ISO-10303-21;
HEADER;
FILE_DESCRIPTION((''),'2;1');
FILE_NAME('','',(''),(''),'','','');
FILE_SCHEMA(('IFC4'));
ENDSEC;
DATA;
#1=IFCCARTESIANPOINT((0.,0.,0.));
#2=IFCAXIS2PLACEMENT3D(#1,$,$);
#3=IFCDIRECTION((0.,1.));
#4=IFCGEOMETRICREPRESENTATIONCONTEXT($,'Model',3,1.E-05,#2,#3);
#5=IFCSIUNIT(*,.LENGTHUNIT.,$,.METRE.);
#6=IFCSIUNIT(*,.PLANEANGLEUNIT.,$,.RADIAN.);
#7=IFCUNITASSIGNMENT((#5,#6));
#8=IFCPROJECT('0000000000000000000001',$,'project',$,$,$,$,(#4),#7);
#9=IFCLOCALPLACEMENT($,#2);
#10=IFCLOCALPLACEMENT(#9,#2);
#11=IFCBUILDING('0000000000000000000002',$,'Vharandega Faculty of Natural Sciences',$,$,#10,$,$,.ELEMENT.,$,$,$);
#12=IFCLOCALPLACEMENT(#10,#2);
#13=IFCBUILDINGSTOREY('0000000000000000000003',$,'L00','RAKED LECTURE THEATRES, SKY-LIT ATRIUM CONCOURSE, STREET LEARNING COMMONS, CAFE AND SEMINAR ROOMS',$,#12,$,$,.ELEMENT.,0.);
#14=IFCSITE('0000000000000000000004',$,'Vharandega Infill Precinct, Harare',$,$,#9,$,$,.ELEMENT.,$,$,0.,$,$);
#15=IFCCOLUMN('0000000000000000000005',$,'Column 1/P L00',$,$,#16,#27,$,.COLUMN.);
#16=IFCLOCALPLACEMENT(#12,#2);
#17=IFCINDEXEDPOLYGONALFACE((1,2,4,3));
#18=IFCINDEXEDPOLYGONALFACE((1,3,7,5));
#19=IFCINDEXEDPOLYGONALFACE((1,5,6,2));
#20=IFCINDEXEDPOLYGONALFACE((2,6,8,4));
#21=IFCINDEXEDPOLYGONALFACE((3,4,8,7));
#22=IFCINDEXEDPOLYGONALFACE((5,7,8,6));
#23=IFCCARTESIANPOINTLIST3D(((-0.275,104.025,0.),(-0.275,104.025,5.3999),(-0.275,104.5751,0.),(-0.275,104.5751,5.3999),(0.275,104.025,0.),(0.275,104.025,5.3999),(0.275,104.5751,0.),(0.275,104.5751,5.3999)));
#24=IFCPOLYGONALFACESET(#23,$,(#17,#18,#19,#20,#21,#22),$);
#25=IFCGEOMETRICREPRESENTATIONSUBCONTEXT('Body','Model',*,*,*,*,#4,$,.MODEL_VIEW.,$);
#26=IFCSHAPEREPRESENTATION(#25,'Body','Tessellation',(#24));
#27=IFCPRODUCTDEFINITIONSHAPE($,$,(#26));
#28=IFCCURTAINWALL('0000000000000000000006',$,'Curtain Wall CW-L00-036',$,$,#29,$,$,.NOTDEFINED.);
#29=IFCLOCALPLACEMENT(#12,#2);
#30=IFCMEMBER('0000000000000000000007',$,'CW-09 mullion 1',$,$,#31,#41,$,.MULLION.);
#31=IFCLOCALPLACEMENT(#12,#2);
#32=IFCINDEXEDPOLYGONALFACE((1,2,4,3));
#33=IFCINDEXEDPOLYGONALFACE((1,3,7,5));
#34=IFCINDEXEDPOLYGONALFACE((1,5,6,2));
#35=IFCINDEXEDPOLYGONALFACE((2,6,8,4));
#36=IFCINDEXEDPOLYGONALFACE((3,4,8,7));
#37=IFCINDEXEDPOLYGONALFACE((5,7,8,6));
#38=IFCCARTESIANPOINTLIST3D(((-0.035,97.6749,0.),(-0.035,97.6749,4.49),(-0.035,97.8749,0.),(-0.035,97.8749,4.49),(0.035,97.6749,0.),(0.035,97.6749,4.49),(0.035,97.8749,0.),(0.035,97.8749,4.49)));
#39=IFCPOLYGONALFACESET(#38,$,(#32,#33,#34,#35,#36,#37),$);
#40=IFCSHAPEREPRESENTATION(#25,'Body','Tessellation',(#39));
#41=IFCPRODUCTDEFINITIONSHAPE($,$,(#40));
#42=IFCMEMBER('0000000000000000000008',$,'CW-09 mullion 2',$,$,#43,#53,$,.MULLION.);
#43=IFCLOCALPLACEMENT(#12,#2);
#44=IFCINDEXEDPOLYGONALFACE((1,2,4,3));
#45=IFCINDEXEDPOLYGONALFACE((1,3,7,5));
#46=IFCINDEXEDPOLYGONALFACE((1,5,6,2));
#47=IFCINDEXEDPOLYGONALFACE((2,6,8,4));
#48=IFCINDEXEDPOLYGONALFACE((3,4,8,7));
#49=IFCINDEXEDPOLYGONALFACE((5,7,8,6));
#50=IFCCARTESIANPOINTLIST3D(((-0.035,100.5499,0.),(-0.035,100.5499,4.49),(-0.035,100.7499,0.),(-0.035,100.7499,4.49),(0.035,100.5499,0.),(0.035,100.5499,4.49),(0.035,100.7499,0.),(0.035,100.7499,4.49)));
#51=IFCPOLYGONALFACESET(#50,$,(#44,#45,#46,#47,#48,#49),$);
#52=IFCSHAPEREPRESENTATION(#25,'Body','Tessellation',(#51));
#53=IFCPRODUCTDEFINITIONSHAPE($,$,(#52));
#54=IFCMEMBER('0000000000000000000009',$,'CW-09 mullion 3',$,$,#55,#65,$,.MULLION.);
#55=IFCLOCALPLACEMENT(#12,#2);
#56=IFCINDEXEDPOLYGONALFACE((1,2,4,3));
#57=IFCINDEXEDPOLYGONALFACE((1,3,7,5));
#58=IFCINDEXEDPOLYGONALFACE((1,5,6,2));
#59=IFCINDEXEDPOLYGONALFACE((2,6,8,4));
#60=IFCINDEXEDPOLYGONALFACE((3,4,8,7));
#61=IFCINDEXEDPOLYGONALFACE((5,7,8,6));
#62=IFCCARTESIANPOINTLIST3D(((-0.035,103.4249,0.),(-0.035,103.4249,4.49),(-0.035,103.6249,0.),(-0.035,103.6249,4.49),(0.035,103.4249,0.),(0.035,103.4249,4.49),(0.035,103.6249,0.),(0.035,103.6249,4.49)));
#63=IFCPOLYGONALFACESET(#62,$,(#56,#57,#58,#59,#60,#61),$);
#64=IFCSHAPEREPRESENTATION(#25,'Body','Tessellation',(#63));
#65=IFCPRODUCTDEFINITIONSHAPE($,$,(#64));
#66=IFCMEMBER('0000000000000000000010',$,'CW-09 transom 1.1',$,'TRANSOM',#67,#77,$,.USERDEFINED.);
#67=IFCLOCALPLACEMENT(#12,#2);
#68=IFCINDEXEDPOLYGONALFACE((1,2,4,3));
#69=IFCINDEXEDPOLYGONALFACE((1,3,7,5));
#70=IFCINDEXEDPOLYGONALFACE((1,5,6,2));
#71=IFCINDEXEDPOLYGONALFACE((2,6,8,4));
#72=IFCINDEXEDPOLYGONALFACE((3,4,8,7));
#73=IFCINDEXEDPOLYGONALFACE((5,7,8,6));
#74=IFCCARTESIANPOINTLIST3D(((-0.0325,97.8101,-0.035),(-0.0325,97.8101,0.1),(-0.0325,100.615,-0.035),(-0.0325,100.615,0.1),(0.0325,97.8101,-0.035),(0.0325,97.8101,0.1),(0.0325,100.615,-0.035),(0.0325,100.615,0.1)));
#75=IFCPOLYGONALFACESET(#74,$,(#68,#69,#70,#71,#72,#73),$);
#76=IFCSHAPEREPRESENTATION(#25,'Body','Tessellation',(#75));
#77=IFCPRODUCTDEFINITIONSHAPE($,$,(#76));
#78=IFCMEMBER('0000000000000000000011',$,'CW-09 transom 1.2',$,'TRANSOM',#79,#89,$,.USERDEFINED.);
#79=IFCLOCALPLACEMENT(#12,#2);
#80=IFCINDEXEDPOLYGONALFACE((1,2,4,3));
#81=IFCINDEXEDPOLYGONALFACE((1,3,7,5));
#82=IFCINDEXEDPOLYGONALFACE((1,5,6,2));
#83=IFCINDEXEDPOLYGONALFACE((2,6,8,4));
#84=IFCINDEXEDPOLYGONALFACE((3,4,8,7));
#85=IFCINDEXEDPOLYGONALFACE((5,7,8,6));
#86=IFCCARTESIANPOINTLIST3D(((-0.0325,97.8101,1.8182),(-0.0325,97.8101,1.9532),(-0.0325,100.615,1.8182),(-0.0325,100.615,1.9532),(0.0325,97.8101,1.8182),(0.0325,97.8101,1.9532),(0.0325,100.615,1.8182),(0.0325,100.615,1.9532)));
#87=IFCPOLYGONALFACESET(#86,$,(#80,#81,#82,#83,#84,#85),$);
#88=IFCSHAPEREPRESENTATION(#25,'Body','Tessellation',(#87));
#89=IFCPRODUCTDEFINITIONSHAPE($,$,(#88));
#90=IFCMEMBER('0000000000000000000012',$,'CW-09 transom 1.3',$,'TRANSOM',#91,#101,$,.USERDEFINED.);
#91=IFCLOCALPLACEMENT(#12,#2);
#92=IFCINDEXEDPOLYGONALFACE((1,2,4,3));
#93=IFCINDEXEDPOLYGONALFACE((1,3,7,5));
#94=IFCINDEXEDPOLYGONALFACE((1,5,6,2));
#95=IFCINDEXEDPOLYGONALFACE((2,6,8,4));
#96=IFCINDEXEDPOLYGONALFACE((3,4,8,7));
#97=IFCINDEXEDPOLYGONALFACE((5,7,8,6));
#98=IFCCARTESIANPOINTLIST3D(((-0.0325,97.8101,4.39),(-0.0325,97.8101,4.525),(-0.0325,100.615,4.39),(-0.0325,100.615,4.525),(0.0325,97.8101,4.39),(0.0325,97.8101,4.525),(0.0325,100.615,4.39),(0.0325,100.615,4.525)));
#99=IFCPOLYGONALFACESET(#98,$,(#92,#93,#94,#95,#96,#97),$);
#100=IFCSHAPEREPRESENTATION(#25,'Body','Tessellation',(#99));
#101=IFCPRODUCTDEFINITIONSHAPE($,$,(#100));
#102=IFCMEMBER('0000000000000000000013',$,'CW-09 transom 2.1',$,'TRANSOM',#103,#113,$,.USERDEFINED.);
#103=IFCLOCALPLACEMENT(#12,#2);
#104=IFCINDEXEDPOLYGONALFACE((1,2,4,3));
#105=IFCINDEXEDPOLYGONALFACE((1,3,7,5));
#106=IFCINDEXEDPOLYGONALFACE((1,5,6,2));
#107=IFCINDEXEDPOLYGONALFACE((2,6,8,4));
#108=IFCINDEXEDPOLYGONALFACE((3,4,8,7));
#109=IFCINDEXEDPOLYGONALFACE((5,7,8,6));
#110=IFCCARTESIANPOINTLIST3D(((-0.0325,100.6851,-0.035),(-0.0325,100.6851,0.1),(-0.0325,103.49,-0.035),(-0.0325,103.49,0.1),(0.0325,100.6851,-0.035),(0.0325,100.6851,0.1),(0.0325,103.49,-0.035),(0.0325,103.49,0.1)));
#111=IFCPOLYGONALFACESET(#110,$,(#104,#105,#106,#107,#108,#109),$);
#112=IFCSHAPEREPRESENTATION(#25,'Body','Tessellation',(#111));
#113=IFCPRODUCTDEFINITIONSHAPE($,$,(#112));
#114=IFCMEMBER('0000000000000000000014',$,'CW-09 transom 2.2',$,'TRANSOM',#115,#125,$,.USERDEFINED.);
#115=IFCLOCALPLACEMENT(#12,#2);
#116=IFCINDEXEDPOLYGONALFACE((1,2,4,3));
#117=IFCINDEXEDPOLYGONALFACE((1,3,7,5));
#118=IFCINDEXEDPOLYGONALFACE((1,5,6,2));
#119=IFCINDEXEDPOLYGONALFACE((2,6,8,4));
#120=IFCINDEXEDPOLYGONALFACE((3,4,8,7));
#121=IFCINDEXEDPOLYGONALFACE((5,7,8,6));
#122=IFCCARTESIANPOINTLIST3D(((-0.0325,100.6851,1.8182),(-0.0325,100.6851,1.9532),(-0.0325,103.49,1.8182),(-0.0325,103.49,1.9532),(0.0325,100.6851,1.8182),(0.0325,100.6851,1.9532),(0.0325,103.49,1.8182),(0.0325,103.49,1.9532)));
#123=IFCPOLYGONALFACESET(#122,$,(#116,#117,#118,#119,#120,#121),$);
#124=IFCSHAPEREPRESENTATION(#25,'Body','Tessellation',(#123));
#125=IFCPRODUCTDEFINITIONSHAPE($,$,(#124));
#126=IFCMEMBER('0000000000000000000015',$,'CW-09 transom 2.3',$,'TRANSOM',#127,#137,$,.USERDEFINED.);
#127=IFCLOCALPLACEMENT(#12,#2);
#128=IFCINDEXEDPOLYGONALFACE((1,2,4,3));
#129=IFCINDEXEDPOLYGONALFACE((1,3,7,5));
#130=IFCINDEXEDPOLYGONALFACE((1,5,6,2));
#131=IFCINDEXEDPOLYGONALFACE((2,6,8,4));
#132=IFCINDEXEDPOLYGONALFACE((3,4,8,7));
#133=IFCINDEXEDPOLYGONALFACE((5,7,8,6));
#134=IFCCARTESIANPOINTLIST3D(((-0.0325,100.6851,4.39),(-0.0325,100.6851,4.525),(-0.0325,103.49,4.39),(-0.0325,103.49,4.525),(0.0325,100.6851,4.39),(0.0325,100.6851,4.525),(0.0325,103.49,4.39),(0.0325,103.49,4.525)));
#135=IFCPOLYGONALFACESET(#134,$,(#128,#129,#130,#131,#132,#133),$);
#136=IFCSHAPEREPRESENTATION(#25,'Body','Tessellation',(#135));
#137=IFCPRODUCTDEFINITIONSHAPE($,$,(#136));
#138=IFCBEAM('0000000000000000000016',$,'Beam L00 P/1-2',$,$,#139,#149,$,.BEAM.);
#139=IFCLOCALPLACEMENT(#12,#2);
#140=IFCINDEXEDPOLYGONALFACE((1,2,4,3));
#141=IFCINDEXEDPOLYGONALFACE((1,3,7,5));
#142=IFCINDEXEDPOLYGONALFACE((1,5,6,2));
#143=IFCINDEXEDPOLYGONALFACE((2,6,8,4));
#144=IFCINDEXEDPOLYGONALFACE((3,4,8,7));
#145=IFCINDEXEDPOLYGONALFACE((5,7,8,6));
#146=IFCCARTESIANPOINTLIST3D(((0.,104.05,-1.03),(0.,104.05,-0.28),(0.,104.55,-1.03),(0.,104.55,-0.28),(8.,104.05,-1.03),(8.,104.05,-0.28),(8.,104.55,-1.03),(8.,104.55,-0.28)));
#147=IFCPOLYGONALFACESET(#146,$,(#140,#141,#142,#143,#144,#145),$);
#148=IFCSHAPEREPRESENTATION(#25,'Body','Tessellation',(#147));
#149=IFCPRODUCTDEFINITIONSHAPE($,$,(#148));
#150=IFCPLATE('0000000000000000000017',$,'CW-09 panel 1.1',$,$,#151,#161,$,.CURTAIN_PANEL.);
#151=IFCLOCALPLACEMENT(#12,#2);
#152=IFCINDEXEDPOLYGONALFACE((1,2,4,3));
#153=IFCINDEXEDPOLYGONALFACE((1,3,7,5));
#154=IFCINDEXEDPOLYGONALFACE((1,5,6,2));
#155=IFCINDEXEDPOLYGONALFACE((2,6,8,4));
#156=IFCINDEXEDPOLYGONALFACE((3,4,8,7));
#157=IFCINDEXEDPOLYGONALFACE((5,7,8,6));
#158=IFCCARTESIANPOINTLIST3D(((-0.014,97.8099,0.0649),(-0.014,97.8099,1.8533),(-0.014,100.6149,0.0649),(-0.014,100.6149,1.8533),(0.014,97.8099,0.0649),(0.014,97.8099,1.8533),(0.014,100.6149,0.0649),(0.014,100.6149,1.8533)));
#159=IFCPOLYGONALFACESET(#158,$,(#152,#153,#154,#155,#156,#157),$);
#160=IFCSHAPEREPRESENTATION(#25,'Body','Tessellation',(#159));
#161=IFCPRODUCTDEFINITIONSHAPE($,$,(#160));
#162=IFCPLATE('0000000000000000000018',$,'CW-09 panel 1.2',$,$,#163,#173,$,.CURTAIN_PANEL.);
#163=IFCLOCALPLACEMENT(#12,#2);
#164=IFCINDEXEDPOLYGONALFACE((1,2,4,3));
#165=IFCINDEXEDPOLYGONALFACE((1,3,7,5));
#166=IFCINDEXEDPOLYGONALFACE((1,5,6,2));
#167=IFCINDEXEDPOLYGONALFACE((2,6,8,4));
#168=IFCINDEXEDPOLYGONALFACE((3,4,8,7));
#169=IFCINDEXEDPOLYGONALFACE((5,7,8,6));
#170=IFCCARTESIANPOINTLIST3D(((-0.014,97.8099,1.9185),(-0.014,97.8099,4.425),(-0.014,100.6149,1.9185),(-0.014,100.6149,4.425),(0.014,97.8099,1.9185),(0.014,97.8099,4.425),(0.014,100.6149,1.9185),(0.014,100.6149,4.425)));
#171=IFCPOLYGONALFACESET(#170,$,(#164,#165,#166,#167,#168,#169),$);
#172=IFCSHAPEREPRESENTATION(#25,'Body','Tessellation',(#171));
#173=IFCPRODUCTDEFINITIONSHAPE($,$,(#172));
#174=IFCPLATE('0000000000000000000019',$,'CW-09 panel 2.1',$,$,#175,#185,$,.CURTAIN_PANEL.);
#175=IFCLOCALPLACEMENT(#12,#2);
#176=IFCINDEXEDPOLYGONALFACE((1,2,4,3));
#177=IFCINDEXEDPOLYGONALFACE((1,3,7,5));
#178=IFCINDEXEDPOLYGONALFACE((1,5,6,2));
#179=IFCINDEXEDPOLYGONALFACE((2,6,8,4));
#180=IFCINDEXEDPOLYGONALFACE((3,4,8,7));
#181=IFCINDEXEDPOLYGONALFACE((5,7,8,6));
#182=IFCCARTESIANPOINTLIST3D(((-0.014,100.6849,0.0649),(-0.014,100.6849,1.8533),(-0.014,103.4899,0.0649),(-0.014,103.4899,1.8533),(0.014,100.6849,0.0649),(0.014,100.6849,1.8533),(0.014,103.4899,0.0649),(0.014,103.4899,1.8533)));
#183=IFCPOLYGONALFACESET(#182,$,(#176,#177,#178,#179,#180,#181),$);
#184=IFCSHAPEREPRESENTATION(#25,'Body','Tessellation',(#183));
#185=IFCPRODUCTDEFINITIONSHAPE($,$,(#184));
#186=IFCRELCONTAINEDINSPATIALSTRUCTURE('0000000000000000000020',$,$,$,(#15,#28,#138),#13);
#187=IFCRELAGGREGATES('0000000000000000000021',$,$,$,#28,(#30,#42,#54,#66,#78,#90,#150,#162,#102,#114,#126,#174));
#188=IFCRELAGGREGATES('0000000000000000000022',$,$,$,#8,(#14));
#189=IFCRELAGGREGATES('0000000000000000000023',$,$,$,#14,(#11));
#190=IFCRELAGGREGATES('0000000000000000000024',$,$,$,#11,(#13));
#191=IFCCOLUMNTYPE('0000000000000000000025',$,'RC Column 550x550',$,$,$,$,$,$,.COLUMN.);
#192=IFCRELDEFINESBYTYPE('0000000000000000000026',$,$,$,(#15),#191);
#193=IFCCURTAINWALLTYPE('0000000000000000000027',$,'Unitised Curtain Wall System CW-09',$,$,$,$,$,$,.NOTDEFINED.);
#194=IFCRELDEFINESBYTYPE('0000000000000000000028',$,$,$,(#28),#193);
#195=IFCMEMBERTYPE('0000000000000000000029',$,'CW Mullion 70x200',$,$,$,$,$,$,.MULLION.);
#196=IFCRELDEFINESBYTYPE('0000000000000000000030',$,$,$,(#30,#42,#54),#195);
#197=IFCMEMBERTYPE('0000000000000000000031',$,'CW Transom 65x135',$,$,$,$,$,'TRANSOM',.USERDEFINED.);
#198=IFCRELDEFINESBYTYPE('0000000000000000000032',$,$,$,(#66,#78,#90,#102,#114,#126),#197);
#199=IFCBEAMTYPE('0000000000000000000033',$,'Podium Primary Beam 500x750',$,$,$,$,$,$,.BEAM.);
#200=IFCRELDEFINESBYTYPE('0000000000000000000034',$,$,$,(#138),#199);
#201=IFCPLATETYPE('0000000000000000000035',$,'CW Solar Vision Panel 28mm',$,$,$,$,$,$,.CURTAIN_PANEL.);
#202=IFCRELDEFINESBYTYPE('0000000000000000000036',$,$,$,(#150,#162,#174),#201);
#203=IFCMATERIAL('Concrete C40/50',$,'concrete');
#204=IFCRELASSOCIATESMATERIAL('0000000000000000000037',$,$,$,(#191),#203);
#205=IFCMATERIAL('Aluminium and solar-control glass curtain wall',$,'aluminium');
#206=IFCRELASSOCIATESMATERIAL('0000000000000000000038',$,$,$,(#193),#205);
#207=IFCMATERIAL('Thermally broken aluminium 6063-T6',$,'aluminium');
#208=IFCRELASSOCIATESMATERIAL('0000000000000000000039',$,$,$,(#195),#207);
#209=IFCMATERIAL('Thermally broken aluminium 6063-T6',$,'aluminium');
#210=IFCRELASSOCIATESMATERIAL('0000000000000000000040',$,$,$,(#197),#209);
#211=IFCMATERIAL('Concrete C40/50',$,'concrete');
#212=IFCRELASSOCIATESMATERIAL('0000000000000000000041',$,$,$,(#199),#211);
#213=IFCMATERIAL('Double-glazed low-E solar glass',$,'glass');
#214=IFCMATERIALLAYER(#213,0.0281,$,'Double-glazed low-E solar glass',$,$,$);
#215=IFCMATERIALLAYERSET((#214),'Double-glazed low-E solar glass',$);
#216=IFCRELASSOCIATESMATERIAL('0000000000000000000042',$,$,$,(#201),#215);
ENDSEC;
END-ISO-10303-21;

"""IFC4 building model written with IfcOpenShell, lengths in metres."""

from ifc_helpers import new_model, si_unit, direction, frame, origin, origin_2d, place, context, subcontext, project, spatial, rectangle, extrude, material, layer, layer_set, material_profile, profile_set, type_object, element, aggregate, save


model = new_model("IFC4")

# Units and contexts
model_context = context("Model", 3, precision=1e-05, world=origin(), true_north=direction((0.0, 1.0)))
body_context = subcontext(model_context, "Body", "Model", "MODEL_VIEW")
ifc_project = project(units=[si_unit("LENGTHUNIT", "METRE"), si_unit("PLANEANGLEUNIT", "RADIAN")], contexts=[model_context])

# Site, building, storey
site_placement = place(None, origin())
site = spatial("IfcSite", under=ifc_project, at=site_placement, Name="Vharandega Infill Precinct, Harare", CompositionType="ELEMENT", RefElevation=0.0)
building_placement = place(site_placement, origin())
building = spatial("IfcBuilding", under=site, at=building_placement, Name="Vharandega Faculty of Natural Sciences", CompositionType="ELEMENT")
storey_placement = place(building_placement, origin())
storey = spatial("IfcBuildingStorey", under=building, at=storey_placement, Name="L00", Description="RAKED LECTURE THEATRES, SKY-LIT ATRIUM CONCOURSE, STREET LEARNING COMMONS, CAFE AND SEMINAR ROOMS", CompositionType="ELEMENT", Elevation=0.0)

# Column
ifc_material_1 = material(Name="Concrete C40/50", Category="concrete")
ifc_material_profile_1 = material_profile(ifc_material_1, rectangle(XDim=0.55, YDim=0.55, at=origin_2d()), Name="RC 550x550")
ifc_profile_set_1 = profile_set([ifc_material_profile_1], Name="Concrete C40/50")
column_type = type_object("IfcColumnType", Name="RC Column 550x550", PredefinedType="COLUMN", material=ifc_profile_set_1)
column_placement = place(storey_placement, frame((0.0, 104.3, 0.0), z_axis=(0.0, 0.0, 1.0), x_axis=(1.0, 0.0, 0.0)))
element("IfcColumn", 1, at=column_placement, inside=storey, type_object=column_type, Name="Column 1/P L00", PredefinedType="COLUMN", context=body_context, shape_type="SweptSolid", body=[
    extrude(rectangle(XDim=0.55, YDim=0.55, at=origin_2d()), origin(), (0.0, 0.0, 1.0), 5.3999),
])

# Curtain wall, members
ifc_material_2 = material(Name="Aluminium and solar-control glass curtain wall", Category="aluminium")
curtain_wall_type = type_object("IfcCurtainWallType", Name="Unitised Curtain Wall System CW-09", PredefinedType="NOTDEFINED", material=ifc_material_2)
curtain_wall_placement = place(storey_placement, origin())
curtain_wall = element("IfcCurtainWall", 2, at=curtain_wall_placement, inside=storey, type_object=curtain_wall_type, Name="Curtain Wall CW-L00-036", PredefinedType="NOTDEFINED")
ifc_material_3 = material(Name="Thermally broken aluminium 6063-T6", Category="aluminium")
ifc_material_profile_2 = material_profile(ifc_material_3, rectangle(XDim=0.0701, YDim=0.2, at=origin_2d()), Name="ALU 70x200")
ifc_profile_set_2 = profile_set([ifc_material_profile_2], Name="Thermally broken aluminium 6063-T6")
member_type_1 = type_object("IfcMemberType", Name="CW Mullion 70x200", PredefinedType="MULLION", material=ifc_profile_set_2)
member_1_placement = place(storey_placement, frame((0.0, 97.7749, 0.0), z_axis=(0.0, 0.0, 1.0), x_axis=(-1.0, 0.0, 0.0)))
member_1 = element("IfcMember", 3, at=member_1_placement, type_object=member_type_1, Name="CW-09 mullion 1", PredefinedType="MULLION", context=body_context, shape_type="SweptSolid", body=[
    extrude(rectangle(XDim=0.0701, YDim=0.2, at=origin_2d()), origin(), (0.0, 0.0, 1.0), 4.49),
])
member_2_placement = place(storey_placement, frame((0.0, 100.6499, 0.0), z_axis=(0.0, 0.0, 1.0), x_axis=(-1.0, 0.0, 0.0)))
member_2 = element("IfcMember", 4, at=member_2_placement, type_object=member_type_1, Name="CW-09 mullion 2", PredefinedType="MULLION", context=body_context, shape_type="SweptSolid", body=[
    extrude(rectangle(XDim=0.0701, YDim=0.2, at=origin_2d()), origin(), (0.0, 0.0, 1.0), 4.49),
])
member_3_placement = place(storey_placement, frame((0.0, 103.5249, 0.0), z_axis=(0.0, 0.0, 1.0), x_axis=(-1.0, 0.0, 0.0)))
member_3 = element("IfcMember", 5, at=member_3_placement, type_object=member_type_1, Name="CW-09 mullion 3", PredefinedType="MULLION", context=body_context, shape_type="SweptSolid", body=[
    extrude(rectangle(XDim=0.0701, YDim=0.2, at=origin_2d()), origin(), (0.0, 0.0, 1.0), 4.49),
])
ifc_material_4 = material(Name="Thermally broken aluminium 6063-T6", Category="aluminium")
ifc_material_profile_3 = material_profile(ifc_material_4, rectangle(XDim=0.0649, YDim=0.135, at=origin_2d()), Name="ALU 65x135")
ifc_profile_set_3 = profile_set([ifc_material_profile_3], Name="Thermally broken aluminium 6063-T6")
member_type_2 = type_object("IfcMemberType", Name="CW Transom 65x135", ElementType="TRANSOM", PredefinedType="USERDEFINED", material=ifc_profile_set_3)
member_4_placement = place(storey_placement, frame((0.0, 97.8101, 0.0325), z_axis=(0.0, 1.0, 0.0), x_axis=(-1.0, 0.0, 0.0)))
member_4 = element("IfcMember", 6, at=member_4_placement, type_object=member_type_2, Name="CW-09 transom 1.1", ObjectType="TRANSOM", PredefinedType="USERDEFINED", context=body_context, shape_type="SweptSolid", body=[
    extrude(rectangle(XDim=0.0649, YDim=0.135, at=origin_2d()), origin(), (0.0, 0.0, 1.0), 2.8049),
])
member_5_placement = place(storey_placement, frame((0.0, 97.8101, 1.8857), z_axis=(0.0, 1.0, 0.0), x_axis=(-1.0, 0.0, 0.0)))
member_5 = element("IfcMember", 7, at=member_5_placement, type_object=member_type_2, Name="CW-09 transom 1.2", ObjectType="TRANSOM", PredefinedType="USERDEFINED", context=body_context, shape_type="SweptSolid", body=[
    extrude(rectangle(XDim=0.0649, YDim=0.135, at=origin_2d()), origin(), (0.0, 0.0, 1.0), 2.8049),
])
member_6_placement = place(storey_placement, frame((0.0, 97.8101, 4.4575), z_axis=(0.0, 1.0, 0.0), x_axis=(-1.0, 0.0, 0.0)))
member_6 = element("IfcMember", 8, at=member_6_placement, type_object=member_type_2, Name="CW-09 transom 1.3", ObjectType="TRANSOM", PredefinedType="USERDEFINED", context=body_context, shape_type="SweptSolid", body=[
    extrude(rectangle(XDim=0.0649, YDim=0.135, at=origin_2d()), origin(), (0.0, 0.0, 1.0), 2.8049),
])
member_7_placement = place(storey_placement, frame((0.0, 100.6851, 0.0325), z_axis=(0.0, 1.0, 0.0), x_axis=(-1.0, 0.0, 0.0)))
member_7 = element("IfcMember", 9, at=member_7_placement, type_object=member_type_2, Name="CW-09 transom 2.1", ObjectType="TRANSOM", PredefinedType="USERDEFINED", context=body_context, shape_type="SweptSolid", body=[
    extrude(rectangle(XDim=0.0649, YDim=0.135, at=origin_2d()), origin(), (0.0, 0.0, 1.0), 2.8049),
])
member_8_placement = place(storey_placement, frame((0.0, 100.6851, 1.8857), z_axis=(0.0, 1.0, 0.0), x_axis=(-1.0, 0.0, 0.0)))
member_8 = element("IfcMember", 10, at=member_8_placement, type_object=member_type_2, Name="CW-09 transom 2.2", ObjectType="TRANSOM", PredefinedType="USERDEFINED", context=body_context, shape_type="SweptSolid", body=[
    extrude(rectangle(XDim=0.0649, YDim=0.135, at=origin_2d()), origin(), (0.0, 0.0, 1.0), 2.8049),
])
member_9_placement = place(storey_placement, frame((0.0, 100.6851, 4.4575), z_axis=(0.0, 1.0, 0.0), x_axis=(-1.0, 0.0, 0.0)))
member_9 = element("IfcMember", 11, at=member_9_placement, type_object=member_type_2, Name="CW-09 transom 2.3", ObjectType="TRANSOM", PredefinedType="USERDEFINED", context=body_context, shape_type="SweptSolid", body=[
    extrude(rectangle(XDim=0.0649, YDim=0.135, at=origin_2d()), origin(), (0.0, 0.0, 1.0), 2.8049),
])

# Beam
ifc_material_5 = material(Name="Concrete C40/50", Category="concrete")
ifc_material_profile_4 = material_profile(ifc_material_5, rectangle(XDim=0.5, YDim=0.75, at=origin_2d()), Name="RC 500x750")
ifc_profile_set_4 = profile_set([ifc_material_profile_4], Name="Concrete C40/50")
beam_type = type_object("IfcBeamType", Name="Podium Primary Beam 500x750", PredefinedType="BEAM", material=ifc_profile_set_4)
beam_placement = place(storey_placement, frame((0.0, 104.3, -0.655), z_axis=(1.0, 0.0, 0.0), x_axis=(0.0, 1.0, 0.0)))
element("IfcBeam", 12, at=beam_placement, inside=storey, type_object=beam_type, Name="Beam L00 P/1-2", PredefinedType="BEAM", context=body_context, shape_type="SweptSolid", body=[
    extrude(rectangle(XDim=0.5, YDim=0.75, at=origin_2d()), origin(), (0.0, 0.0, 1.0), 8.0),
])

# Plates
ifc_material_6 = material(Name="Double-glazed low-E solar glass", Category="glass")
ifc_layer_1 = layer(ifc_material_6, 0.0281, Name="Double-glazed low-E solar glass")
ifc_layer_set_1 = layer_set([ifc_layer_1], Name="Double-glazed low-E solar glass")
plate_type = type_object("IfcPlateType", Name="CW Solar Vision Panel 28mm", PredefinedType="CURTAIN_PANEL", material=ifc_layer_set_1)
plate_1_placement = place(storey_placement, frame((0.0, 99.2124, 0.0649), z_axis=(0.0, 0.0, 1.0), x_axis=(0.0, 1.0, 0.0)))
plate_1 = element("IfcPlate", 13, at=plate_1_placement, type_object=plate_type, Name="CW-09 panel 1.1", PredefinedType="CURTAIN_PANEL", context=body_context, shape_type="SweptSolid", body=[
    extrude(rectangle(XDim=2.8049, YDim=0.0281, at=origin_2d()), origin(), (0.0, 0.0, 1.0), 1.7883),
])
plate_2_placement = place(storey_placement, frame((0.0, 99.2124, 1.9185), z_axis=(0.0, 0.0, 1.0), x_axis=(0.0, 1.0, 0.0)))
plate_2 = element("IfcPlate", 14, at=plate_2_placement, type_object=plate_type, Name="CW-09 panel 1.2", PredefinedType="CURTAIN_PANEL", context=body_context, shape_type="SweptSolid", body=[
    extrude(rectangle(XDim=2.8049, YDim=0.0281, at=origin_2d()), origin(), (0.0, 0.0, 1.0), 2.5066),
])
plate_3_placement = place(storey_placement, frame((0.0, 102.0874, 0.0649), z_axis=(0.0, 0.0, 1.0), x_axis=(0.0, 1.0, 0.0)))
plate_3 = element("IfcPlate", 15, at=plate_3_placement, type_object=plate_type, Name="CW-09 panel 2.1", PredefinedType="CURTAIN_PANEL", context=body_context, shape_type="SweptSolid", body=[
    extrude(rectangle(XDim=2.8049, YDim=0.0281, at=origin_2d()), origin(), (0.0, 0.0, 1.0), 1.7883),
])
aggregate(curtain_wall, [member_1, member_2, member_3, member_4, member_5, member_6, plate_1, plate_2, member_7, member_8, member_9, plate_3])

save(model, "model.ifc")
